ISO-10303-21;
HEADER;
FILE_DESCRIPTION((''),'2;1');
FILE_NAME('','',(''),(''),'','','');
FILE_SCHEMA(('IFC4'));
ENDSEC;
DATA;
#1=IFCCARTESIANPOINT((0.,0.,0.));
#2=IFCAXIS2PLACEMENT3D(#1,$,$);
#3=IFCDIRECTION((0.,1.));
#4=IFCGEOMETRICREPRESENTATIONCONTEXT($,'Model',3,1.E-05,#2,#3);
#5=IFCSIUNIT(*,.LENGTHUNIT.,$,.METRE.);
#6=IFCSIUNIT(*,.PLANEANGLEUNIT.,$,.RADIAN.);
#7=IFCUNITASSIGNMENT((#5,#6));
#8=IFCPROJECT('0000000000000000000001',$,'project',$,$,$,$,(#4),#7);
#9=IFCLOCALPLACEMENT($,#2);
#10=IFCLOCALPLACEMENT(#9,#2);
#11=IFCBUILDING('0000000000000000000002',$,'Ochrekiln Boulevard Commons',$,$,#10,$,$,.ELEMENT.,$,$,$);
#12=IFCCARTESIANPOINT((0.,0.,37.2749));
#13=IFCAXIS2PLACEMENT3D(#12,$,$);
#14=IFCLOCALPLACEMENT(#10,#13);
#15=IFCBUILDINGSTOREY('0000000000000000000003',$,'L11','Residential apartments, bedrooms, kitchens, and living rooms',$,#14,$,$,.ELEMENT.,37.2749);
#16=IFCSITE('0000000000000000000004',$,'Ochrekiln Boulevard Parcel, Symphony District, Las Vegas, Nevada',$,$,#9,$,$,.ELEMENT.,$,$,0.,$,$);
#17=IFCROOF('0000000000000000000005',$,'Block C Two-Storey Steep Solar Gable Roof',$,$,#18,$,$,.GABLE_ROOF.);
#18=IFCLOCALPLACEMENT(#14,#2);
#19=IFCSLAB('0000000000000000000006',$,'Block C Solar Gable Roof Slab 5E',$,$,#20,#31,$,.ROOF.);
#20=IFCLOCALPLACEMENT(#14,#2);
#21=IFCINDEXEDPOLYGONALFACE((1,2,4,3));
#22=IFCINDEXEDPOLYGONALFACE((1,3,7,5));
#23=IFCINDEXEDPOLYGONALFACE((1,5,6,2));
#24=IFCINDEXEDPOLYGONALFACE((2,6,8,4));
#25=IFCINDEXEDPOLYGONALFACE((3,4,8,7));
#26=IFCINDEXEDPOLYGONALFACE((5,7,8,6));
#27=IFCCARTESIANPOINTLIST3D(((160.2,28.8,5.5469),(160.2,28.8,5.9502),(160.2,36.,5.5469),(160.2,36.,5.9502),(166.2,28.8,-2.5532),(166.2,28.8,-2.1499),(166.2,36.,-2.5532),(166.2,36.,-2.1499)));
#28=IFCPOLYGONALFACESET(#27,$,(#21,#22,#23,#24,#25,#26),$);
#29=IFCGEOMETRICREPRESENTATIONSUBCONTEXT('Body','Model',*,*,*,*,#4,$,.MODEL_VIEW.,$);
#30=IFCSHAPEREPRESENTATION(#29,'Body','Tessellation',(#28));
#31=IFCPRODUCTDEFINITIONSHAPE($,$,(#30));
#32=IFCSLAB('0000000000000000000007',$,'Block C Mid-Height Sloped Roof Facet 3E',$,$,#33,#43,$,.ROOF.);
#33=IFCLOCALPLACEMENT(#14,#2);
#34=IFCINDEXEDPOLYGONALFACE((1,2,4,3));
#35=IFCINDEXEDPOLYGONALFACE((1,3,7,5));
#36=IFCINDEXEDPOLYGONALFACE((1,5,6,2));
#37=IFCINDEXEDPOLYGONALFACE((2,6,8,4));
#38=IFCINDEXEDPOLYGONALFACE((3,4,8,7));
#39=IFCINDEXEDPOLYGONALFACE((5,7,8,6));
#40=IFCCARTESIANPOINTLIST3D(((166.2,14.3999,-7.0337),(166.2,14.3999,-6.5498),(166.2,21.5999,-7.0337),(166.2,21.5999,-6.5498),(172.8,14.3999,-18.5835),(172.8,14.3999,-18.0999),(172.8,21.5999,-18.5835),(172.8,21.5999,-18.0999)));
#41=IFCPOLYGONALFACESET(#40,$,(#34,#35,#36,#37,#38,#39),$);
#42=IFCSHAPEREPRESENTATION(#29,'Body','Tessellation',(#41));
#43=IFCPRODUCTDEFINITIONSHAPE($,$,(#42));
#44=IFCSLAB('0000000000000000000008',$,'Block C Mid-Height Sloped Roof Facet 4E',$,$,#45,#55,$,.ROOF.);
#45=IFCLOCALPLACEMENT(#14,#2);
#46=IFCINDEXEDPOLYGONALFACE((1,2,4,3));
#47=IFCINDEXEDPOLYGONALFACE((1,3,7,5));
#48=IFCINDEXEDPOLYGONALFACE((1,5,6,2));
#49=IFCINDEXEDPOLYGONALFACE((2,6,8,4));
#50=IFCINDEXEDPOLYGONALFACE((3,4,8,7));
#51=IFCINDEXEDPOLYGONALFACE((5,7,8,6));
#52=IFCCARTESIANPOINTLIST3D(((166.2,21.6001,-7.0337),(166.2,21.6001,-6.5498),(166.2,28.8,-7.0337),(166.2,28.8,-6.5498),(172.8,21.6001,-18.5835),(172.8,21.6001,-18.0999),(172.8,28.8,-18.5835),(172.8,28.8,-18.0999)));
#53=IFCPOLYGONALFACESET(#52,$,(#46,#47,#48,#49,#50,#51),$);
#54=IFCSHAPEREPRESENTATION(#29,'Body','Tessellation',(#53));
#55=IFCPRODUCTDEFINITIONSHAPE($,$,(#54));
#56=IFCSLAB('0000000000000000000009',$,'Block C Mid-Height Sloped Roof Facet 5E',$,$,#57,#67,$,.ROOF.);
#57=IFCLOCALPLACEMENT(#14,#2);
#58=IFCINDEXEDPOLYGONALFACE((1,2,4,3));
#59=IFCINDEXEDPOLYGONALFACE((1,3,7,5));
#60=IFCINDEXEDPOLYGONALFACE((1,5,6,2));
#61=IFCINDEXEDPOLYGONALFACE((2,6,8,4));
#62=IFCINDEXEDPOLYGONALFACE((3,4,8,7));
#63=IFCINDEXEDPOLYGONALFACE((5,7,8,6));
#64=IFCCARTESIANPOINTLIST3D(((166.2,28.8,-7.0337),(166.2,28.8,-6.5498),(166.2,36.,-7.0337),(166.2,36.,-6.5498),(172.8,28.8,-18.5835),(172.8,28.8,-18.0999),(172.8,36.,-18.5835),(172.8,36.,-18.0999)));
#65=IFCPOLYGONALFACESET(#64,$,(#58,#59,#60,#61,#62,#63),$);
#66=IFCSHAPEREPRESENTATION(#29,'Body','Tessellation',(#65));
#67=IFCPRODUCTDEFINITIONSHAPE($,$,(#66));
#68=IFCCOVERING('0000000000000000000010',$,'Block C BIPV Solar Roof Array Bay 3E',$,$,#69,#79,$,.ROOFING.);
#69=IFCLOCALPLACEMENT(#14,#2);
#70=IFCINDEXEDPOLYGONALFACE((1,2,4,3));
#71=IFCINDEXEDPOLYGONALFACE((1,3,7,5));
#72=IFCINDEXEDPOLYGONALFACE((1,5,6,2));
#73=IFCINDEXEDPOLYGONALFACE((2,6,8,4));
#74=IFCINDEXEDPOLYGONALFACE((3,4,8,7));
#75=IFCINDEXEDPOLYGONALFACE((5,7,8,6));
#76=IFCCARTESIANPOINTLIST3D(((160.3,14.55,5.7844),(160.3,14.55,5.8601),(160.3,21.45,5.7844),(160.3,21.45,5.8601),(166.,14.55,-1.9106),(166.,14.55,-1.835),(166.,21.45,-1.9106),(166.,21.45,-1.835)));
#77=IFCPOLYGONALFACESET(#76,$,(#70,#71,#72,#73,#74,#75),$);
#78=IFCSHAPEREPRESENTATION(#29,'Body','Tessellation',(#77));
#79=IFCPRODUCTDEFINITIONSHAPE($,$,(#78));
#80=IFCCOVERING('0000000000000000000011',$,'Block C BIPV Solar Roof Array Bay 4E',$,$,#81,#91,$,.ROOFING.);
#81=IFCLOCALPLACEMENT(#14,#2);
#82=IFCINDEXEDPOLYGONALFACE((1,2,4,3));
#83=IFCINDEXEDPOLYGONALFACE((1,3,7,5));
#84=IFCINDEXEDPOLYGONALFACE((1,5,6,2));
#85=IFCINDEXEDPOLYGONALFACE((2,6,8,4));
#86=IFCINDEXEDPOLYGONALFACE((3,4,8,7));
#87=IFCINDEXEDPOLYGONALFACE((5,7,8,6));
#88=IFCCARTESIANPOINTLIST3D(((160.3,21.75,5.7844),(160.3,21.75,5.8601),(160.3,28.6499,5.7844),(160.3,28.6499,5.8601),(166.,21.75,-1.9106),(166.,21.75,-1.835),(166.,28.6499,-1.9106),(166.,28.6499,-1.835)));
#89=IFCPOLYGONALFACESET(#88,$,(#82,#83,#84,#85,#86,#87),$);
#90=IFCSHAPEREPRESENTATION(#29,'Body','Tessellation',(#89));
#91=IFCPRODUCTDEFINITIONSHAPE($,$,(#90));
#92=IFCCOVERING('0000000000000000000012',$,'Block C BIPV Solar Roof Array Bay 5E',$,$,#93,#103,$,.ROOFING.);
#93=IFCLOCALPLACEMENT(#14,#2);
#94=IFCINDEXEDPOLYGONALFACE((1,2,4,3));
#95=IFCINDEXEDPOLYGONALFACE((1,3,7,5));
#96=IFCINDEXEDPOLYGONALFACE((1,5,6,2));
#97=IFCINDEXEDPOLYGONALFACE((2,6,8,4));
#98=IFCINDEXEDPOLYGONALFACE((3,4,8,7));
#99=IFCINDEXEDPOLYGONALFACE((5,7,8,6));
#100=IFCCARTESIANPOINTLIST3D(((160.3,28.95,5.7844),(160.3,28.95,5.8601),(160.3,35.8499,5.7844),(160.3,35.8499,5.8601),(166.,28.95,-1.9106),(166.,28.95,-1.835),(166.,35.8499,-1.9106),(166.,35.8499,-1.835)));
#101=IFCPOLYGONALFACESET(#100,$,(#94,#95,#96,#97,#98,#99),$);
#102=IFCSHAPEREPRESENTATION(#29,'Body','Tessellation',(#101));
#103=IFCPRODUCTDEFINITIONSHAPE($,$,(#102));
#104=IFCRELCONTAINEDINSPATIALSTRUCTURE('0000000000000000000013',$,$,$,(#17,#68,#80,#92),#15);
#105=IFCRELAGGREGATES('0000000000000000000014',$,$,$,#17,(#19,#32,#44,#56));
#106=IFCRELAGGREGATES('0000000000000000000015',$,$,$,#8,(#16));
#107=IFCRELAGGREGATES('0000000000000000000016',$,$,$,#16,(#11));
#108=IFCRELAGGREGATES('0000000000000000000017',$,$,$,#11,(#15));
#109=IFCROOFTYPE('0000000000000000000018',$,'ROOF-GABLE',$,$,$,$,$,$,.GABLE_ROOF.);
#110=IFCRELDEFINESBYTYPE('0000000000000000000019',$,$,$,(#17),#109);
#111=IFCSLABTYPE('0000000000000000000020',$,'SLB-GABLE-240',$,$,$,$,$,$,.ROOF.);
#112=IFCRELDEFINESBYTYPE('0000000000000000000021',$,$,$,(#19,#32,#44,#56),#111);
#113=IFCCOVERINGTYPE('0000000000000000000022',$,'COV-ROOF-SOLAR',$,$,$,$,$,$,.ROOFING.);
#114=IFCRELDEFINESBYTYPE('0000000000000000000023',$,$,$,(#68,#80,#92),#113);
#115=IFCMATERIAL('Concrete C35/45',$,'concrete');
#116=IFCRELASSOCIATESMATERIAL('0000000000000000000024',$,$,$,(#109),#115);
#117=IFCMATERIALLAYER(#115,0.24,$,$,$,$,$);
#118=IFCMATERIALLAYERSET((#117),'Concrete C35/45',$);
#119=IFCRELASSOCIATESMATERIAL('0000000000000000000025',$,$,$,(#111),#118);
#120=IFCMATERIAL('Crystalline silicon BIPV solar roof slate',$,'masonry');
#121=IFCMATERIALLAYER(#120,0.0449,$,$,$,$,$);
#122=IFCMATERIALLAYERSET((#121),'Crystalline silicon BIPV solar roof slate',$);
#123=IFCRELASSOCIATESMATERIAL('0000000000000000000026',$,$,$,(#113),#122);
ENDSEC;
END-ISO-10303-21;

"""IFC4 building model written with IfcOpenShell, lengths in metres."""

from ifc_helpers import new_model, si_unit, direction, frame, origin, place, context, subcontext, project, spatial, polyline, outline, extrude, material, layer, layer_set, type_object, element, aggregate, save


model = new_model("IFC4")

# Units and contexts
model_context = context("Model", 3, precision=1e-05, world=origin(), true_north=direction((0.0, 1.0)))
body_context = subcontext(model_context, "Body", "Model", "MODEL_VIEW")
ifc_project = project(units=[si_unit("LENGTHUNIT", "METRE"), si_unit("PLANEANGLEUNIT", "RADIAN")], contexts=[model_context])

# Site, building, storey
site_placement = place(None, origin())
site = spatial("IfcSite", under=ifc_project, at=site_placement, Name="Ochrekiln Boulevard Parcel, Symphony District, Las Vegas, Nevada", CompositionType="ELEMENT", RefElevation=0.0)
building_placement = place(site_placement, origin())
building = spatial("IfcBuilding", under=site, at=building_placement, Name="Ochrekiln Boulevard Commons", CompositionType="ELEMENT")
storey_placement = place(building_placement, frame((0.0, 0.0, 37.2749)))
storey = spatial("IfcBuildingStorey", under=building, at=storey_placement, Name="L11", Description="Residential apartments, bedrooms, kitchens, and living rooms", CompositionType="ELEMENT", Elevation=37.2749)

# Roof, slabs
ifc_material_1 = material(Name="Concrete C35/45", Category="concrete")
roof_type = type_object("IfcRoofType", Name="ROOF-GABLE", PredefinedType="GABLE_ROOF", material=ifc_material_1)
roof_placement = place(storey_placement, origin())
roof = element("IfcRoof", 1, at=roof_placement, inside=storey, type_object=roof_type, Name="Block C Two-Storey Steep Solar Gable Roof", PredefinedType="GABLE_ROOF")
ifc_layer_1 = layer(ifc_material_1, 0.24)
ifc_layer_set_1 = layer_set([ifc_layer_1], Name="Concrete C35/45")
slab_type = type_object("IfcSlabType", Name="SLB-GABLE-240", PredefinedType="ROOF", material=ifc_layer_set_1)
slab_1_placement = place(storey_placement, frame((166.2, 28.8, -2.1499), z_axis=(0.0, 1.0, 0.0), x_axis=(-1.0, 0.0, 0.0)))
slab_1 = element("IfcSlab", 2, at=slab_1_placement, type_object=slab_type, Name="Block C Solar Gable Roof Slab 5E", PredefinedType="ROOF", context=body_context, shape_type="SweptSolid", body=[
    extrude(outline(polyline([(0.0, 0.0), (6.0, 8.1001), (6.0, 7.6968), (0.0, -0.4033), (0.0, 0.0)])), origin(), (0.0, 0.0, 1.0), 7.2),
])
placement = place(building_placement, frame((0.0, 0.0, 27.825)))
slab_2_placement = place(placement, frame((172.8, 14.3999, -8.6499), z_axis=(0.0, 1.0, 0.0), x_axis=(-1.0, 0.0, 0.0)))
slab_2 = element("IfcSlab", 3, at=slab_2_placement, type_object=slab_type, Name="Block C Mid-Height Sloped Roof Facet 3E", PredefinedType="ROOF", context=body_context, shape_type="SweptSolid", body=[
    extrude(outline(polyline([(0.0, 0.0), (6.6001, 11.55), (6.6001, 11.0662), (0.0, -0.4836), (0.0, 0.0)])), origin(), (0.0, 0.0, 1.0), 7.2),
])
slab_3_placement = place(placement, frame((172.8, 21.6001, -8.6499), z_axis=(0.0, 1.0, 0.0), x_axis=(-1.0, 0.0, 0.0)))
slab_3 = element("IfcSlab", 4, at=slab_3_placement, type_object=slab_type, Name="Block C Mid-Height Sloped Roof Facet 4E", PredefinedType="ROOF", context=body_context, shape_type="SweptSolid", body=[
    extrude(outline(polyline([(0.0, 0.0), (6.6001, 11.55), (6.6001, 11.0662), (0.0, -0.4836), (0.0, 0.0)])), origin(), (0.0, 0.0, 1.0), 7.2),
])
slab_4_placement = place(placement, frame((172.8, 28.8, -8.6499), z_axis=(0.0, 1.0, 0.0), x_axis=(-1.0, 0.0, 0.0)))
slab_4 = element("IfcSlab", 5, at=slab_4_placement, type_object=slab_type, Name="Block C Mid-Height Sloped Roof Facet 5E", PredefinedType="ROOF", context=body_context, shape_type="SweptSolid", body=[
    extrude(outline(polyline([(0.0, 0.0), (6.6001, 11.55), (6.6001, 11.0662), (0.0, -0.4836), (0.0, 0.0)])), origin(), (0.0, 0.0, 1.0), 7.2),
])
aggregate(roof, [slab_1, slab_2, slab_3, slab_4])

# Coverings
ifc_material_2 = material(Name="Crystalline silicon BIPV solar roof slate", Category="masonry")
ifc_layer_2 = layer(ifc_material_2, 0.0449)
ifc_layer_set_2 = layer_set([ifc_layer_2], Name="Crystalline silicon BIPV solar roof slate")
covering_type = type_object("IfcCoveringType", Name="COV-ROOF-SOLAR", PredefinedType="ROOFING", material=ifc_layer_set_2)
for number, where, z_axis, x_axis, name in (
    (6, (166.0, 14.55, -1.835), (0.0, 1.0, 0.0), (-1.0, 0.0, 0.0), "Block C BIPV Solar Roof Array Bay 3E"),
    (7, (166.0, 21.75, -1.835), (0.0, 1.0, 0.0), (-1.0, 0.0, 0.0), "Block C BIPV Solar Roof Array Bay 4E"),
    (8, (166.0, 28.95, -1.835), (0.0, 1.0, 0.0), (-1.0, 0.0, 0.0), "Block C BIPV Solar Roof Array Bay 5E"),
):
    element("IfcCovering", number, at=place(storey_placement, frame(where, z_axis=z_axis, x_axis=x_axis)), inside=storey, type_object=covering_type, Name=name, PredefinedType="ROOFING", context=body_context, shape_type="SweptSolid", body=[
        extrude(outline(polyline([(0.0, 0.0), (5.7, 7.6951), (5.7, 7.6194), (0.0, -0.0757), (0.0, 0.0)])), origin(), (0.0, 0.0, 1.0), 6.8999),
    ])

save(model, "model.ifc")
